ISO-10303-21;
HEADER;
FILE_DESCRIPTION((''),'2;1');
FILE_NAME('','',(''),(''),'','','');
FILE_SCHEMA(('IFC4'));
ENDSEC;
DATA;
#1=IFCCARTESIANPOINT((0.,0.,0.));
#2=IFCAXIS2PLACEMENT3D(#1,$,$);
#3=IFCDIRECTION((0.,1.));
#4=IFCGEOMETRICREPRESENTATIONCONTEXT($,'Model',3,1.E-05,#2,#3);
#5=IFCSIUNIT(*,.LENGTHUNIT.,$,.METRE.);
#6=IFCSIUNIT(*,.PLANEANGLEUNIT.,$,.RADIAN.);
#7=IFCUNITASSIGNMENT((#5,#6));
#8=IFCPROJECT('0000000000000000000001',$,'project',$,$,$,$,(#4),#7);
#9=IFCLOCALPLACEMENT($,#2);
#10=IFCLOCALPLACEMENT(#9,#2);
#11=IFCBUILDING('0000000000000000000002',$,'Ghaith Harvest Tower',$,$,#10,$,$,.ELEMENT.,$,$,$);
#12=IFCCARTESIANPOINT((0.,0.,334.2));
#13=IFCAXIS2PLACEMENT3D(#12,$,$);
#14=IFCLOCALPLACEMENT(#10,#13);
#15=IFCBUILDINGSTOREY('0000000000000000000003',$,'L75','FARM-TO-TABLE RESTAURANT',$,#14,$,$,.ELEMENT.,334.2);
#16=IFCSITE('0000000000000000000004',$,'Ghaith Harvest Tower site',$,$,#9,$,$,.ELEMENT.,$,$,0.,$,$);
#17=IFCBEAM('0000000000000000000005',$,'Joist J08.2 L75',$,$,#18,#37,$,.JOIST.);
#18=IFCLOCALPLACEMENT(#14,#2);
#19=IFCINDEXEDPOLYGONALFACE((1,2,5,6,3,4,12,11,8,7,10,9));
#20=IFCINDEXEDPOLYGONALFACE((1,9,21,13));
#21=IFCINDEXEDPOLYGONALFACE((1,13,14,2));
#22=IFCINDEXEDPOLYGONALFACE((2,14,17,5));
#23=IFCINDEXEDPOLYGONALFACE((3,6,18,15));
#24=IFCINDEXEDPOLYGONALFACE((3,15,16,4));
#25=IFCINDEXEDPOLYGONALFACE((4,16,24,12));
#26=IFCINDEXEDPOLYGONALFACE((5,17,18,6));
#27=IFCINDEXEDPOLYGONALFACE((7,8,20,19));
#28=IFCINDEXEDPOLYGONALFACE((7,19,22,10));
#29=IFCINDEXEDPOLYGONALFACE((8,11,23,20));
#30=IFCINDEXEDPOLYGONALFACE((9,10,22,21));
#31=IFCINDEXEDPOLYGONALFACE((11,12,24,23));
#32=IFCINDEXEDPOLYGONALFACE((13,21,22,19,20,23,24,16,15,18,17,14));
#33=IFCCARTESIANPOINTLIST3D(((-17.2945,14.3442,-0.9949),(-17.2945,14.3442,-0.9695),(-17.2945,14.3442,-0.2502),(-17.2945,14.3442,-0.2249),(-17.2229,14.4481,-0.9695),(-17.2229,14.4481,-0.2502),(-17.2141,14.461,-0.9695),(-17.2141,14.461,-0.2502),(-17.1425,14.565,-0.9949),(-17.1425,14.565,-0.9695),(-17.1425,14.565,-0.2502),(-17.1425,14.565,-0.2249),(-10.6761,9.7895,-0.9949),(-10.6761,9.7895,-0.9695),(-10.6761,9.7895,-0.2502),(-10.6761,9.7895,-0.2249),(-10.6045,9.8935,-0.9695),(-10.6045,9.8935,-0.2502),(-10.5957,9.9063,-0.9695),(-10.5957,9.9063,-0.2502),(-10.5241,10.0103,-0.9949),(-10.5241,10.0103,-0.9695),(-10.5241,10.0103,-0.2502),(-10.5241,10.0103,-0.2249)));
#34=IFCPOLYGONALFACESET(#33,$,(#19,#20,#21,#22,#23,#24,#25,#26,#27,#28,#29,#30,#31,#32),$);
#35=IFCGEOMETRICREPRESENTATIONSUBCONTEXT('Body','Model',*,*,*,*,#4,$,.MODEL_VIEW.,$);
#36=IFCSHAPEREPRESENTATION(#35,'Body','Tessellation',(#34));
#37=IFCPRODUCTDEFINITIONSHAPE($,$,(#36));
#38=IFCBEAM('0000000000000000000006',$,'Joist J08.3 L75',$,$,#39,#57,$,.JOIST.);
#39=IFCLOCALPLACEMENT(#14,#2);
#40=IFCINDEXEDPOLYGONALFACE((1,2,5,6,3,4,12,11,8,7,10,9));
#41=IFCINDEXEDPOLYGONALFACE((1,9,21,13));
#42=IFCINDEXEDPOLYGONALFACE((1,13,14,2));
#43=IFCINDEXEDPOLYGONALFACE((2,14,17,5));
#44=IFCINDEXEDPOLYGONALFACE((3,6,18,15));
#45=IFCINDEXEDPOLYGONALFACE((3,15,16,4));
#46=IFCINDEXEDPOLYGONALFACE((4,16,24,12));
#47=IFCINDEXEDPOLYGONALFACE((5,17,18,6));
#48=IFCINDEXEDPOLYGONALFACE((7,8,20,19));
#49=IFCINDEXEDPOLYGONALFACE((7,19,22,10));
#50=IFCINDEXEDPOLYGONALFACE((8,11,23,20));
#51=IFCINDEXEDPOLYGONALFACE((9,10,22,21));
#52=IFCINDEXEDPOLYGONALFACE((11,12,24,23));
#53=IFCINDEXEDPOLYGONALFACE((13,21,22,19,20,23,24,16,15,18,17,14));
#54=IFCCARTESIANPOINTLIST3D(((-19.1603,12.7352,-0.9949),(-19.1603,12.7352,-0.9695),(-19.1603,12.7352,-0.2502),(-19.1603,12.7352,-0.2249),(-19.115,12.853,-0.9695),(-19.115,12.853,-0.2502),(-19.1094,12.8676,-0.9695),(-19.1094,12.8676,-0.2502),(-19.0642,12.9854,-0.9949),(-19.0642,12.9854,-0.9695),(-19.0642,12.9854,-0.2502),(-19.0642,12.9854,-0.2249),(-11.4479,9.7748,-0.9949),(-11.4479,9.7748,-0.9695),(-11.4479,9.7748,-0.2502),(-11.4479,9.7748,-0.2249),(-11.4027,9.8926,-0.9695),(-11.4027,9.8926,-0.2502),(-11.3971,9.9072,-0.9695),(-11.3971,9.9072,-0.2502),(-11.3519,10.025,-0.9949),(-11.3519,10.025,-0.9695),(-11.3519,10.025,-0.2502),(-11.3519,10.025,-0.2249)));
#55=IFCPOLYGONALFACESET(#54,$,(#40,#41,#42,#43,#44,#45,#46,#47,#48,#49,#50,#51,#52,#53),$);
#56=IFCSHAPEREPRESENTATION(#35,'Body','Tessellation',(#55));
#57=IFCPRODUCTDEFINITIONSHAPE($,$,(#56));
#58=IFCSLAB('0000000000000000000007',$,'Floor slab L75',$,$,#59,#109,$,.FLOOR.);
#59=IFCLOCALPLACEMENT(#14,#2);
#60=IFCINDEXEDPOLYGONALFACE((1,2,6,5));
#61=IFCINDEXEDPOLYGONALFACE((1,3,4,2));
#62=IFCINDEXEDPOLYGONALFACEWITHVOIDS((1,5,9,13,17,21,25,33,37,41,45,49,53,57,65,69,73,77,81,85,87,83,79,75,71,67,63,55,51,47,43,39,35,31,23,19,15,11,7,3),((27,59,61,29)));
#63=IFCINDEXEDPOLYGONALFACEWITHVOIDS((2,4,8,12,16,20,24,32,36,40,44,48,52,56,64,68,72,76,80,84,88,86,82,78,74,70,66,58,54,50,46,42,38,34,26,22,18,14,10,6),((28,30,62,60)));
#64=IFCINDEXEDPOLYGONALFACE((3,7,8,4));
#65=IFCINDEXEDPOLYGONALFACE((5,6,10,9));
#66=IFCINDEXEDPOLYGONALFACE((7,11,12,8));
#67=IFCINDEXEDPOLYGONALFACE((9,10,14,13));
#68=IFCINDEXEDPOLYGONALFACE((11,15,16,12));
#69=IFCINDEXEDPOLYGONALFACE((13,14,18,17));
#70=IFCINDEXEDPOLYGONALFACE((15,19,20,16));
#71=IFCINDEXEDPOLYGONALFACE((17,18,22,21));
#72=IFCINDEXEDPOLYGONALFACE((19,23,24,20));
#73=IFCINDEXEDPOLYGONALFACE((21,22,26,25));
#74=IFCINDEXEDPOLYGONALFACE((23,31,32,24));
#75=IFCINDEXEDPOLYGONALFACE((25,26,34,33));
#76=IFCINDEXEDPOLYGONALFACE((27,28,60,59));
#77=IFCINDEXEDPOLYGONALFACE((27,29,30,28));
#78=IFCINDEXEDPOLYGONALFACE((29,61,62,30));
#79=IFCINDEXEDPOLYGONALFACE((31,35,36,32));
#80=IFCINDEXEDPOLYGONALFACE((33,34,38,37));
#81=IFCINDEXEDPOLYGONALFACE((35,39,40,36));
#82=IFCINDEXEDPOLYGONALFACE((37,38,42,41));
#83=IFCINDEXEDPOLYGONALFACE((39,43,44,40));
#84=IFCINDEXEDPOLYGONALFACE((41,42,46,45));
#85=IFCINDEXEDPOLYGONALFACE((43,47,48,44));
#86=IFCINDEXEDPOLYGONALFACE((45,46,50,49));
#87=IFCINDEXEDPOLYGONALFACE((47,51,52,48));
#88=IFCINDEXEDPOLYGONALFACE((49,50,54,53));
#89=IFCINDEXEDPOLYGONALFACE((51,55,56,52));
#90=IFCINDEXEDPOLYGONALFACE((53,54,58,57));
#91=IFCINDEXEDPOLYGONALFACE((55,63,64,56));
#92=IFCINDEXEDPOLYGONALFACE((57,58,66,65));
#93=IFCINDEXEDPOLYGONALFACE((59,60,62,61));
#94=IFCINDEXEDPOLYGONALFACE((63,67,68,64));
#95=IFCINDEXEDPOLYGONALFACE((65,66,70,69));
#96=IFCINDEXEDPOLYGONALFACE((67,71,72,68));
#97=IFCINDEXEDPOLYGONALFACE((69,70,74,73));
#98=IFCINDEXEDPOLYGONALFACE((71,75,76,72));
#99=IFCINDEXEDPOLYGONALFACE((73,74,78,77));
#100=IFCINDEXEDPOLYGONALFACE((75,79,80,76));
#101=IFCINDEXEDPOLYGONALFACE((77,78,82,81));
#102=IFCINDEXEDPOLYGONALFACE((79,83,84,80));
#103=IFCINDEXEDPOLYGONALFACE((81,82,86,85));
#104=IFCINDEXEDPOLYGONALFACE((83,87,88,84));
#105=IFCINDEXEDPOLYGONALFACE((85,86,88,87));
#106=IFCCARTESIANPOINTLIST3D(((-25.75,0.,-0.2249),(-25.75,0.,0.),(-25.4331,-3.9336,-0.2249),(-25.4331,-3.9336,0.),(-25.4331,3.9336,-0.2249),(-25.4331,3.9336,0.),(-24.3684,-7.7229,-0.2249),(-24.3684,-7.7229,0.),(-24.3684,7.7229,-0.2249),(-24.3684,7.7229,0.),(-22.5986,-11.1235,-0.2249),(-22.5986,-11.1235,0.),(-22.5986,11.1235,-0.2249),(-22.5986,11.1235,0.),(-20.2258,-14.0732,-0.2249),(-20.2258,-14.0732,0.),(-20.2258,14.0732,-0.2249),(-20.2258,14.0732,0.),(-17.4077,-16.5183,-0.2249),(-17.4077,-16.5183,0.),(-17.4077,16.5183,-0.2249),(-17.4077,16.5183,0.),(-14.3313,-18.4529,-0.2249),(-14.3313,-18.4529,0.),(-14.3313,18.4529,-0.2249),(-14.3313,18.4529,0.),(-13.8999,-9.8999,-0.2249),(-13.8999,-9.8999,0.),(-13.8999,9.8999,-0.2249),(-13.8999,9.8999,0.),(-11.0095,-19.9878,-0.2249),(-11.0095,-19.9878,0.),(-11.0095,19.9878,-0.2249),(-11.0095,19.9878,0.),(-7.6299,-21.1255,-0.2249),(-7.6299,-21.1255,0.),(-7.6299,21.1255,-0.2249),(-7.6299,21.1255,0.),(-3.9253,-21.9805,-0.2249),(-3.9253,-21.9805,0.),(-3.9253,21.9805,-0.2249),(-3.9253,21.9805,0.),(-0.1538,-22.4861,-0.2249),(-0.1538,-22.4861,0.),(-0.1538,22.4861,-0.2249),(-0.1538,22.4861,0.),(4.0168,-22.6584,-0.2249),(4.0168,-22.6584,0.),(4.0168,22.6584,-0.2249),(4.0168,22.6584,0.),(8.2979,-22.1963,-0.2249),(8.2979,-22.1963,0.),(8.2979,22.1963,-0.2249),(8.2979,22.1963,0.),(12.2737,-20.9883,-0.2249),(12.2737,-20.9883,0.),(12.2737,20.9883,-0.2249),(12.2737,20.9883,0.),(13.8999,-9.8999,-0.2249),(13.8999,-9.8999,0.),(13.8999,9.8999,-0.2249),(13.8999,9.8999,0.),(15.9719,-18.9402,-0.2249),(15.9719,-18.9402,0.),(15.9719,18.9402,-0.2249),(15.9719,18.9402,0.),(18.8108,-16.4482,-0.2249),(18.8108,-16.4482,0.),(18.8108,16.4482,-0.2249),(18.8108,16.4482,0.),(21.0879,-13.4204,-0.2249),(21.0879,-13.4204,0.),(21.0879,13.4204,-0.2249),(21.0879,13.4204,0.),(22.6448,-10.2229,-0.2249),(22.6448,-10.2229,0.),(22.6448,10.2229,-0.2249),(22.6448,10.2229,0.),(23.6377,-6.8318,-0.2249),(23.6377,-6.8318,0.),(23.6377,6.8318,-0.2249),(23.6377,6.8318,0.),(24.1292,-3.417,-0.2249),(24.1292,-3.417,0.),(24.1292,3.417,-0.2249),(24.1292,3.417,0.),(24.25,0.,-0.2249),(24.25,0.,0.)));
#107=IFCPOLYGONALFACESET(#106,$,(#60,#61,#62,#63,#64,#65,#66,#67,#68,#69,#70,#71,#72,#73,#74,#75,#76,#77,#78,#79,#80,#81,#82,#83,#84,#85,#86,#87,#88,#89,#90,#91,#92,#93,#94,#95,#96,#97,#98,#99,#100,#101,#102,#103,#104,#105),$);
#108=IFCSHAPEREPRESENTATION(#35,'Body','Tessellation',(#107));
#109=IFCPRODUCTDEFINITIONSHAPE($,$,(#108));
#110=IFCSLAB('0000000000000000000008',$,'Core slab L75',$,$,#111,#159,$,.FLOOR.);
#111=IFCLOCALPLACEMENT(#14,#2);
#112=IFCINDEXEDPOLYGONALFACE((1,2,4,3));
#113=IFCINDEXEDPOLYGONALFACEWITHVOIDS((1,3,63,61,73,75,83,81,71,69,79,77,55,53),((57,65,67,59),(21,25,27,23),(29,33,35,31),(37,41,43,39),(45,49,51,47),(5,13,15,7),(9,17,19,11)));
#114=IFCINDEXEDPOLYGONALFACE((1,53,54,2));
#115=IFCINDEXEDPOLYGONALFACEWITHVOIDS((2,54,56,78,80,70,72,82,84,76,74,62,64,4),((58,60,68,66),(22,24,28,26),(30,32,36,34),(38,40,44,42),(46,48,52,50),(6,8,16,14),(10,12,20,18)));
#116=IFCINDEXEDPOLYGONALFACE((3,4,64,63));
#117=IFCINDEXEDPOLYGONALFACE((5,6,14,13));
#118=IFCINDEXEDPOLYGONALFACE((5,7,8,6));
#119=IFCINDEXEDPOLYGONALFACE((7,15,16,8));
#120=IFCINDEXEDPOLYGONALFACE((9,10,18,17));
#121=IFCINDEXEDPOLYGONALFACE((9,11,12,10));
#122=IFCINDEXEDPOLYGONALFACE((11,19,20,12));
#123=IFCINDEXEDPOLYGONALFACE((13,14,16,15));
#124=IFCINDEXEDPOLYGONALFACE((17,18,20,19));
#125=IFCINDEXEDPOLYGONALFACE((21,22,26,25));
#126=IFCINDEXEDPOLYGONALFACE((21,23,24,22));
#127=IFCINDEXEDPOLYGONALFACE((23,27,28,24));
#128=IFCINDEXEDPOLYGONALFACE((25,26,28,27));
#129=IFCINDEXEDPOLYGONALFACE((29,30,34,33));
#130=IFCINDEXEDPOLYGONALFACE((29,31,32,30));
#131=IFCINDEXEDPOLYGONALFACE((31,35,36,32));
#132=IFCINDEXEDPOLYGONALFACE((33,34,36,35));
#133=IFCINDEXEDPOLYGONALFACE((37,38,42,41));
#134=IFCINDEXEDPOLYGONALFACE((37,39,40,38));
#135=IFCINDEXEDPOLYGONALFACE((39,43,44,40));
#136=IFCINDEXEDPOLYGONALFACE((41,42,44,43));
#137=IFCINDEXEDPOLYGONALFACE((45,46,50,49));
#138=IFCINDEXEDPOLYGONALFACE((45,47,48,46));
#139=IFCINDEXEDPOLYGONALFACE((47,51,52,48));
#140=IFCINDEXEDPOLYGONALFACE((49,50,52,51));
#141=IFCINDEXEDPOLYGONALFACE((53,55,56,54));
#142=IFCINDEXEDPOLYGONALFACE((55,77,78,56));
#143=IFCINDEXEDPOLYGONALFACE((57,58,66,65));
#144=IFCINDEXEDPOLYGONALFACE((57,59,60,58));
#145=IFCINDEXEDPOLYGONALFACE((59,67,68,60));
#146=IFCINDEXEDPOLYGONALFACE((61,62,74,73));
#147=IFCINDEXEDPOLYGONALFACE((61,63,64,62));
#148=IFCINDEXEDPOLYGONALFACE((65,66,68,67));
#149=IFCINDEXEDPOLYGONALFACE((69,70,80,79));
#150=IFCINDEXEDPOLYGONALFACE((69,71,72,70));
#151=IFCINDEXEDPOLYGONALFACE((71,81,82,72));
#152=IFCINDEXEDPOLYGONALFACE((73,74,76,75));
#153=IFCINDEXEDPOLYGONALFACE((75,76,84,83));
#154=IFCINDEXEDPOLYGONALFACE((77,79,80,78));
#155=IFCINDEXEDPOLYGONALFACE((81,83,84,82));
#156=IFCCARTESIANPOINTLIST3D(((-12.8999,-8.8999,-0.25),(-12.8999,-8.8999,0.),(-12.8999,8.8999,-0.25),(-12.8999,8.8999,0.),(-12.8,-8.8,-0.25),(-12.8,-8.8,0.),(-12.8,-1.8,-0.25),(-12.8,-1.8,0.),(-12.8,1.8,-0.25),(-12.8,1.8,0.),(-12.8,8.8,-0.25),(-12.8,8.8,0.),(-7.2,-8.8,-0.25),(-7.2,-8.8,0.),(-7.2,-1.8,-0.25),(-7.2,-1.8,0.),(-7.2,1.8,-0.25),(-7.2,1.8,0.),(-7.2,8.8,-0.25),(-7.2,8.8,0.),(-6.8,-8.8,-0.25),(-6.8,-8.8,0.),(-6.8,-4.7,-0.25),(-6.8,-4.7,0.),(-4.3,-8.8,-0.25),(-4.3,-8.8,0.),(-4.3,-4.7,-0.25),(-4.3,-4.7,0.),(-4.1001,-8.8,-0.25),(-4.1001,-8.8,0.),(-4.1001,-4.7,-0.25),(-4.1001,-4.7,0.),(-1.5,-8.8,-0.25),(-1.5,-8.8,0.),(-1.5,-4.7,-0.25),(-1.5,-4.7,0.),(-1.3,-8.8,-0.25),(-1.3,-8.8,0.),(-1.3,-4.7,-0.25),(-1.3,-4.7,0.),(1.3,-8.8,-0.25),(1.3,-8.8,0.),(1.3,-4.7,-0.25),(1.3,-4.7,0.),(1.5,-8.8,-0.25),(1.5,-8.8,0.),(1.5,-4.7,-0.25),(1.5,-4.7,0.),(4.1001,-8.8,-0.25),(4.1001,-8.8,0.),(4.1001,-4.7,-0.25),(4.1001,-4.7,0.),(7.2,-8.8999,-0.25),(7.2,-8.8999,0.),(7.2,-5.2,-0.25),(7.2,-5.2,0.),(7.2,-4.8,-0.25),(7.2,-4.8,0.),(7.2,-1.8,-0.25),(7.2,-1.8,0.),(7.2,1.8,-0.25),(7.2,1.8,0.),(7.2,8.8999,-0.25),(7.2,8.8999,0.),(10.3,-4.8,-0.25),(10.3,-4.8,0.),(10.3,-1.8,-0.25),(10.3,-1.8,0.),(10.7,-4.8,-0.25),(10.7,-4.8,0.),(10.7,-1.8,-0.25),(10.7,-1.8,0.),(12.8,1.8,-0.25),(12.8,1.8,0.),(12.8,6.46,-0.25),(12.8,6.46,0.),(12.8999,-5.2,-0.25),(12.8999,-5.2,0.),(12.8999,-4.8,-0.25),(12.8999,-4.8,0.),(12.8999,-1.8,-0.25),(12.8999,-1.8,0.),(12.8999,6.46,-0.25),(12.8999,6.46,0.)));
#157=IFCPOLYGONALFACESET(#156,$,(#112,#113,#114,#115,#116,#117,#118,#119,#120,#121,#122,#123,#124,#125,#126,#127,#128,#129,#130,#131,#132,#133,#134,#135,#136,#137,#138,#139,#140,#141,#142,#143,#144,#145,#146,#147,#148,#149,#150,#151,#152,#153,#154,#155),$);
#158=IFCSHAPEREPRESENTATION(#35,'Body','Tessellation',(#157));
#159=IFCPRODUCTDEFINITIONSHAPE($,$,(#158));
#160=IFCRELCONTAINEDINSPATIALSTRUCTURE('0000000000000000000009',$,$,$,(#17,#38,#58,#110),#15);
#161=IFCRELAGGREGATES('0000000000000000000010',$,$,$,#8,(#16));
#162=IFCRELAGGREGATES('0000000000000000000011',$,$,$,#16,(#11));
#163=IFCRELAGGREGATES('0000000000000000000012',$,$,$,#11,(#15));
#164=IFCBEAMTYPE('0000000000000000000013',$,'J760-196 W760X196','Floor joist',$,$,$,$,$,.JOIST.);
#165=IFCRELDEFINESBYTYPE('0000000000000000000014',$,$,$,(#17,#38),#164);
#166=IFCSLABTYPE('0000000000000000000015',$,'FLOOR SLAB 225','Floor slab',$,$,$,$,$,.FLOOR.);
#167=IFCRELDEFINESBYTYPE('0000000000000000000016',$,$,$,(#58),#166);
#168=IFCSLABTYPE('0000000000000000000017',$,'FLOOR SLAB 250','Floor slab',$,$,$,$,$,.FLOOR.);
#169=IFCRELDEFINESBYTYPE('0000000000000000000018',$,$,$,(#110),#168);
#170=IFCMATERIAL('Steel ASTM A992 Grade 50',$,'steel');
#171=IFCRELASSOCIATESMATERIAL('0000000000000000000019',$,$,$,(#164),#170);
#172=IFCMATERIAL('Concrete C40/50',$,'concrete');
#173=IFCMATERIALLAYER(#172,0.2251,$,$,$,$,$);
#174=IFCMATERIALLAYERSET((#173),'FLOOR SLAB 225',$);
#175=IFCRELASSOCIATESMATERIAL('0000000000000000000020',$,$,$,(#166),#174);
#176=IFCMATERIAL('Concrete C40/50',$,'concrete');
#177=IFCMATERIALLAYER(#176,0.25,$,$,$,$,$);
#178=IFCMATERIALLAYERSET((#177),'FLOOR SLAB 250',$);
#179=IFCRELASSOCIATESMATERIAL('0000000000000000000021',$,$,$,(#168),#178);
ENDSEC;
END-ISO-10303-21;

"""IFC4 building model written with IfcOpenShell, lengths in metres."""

from ifc_helpers import new_model, si_unit, direction, frame, origin, origin_2d, place, context, subcontext, project, spatial, polyline, i_section, outline, extrude, material, layer, layer_set, material_profile, profile_set, type_object, element, save


model = new_model("IFC4")

# Units and contexts
model_context = context("Model", 3, precision=1e-05, world=origin(), true_north=direction((0.0, 1.0)))
body_context = subcontext(model_context, "Body", "Model", "MODEL_VIEW")
ifc_project = project(units=[si_unit("LENGTHUNIT", "METRE"), si_unit("PLANEANGLEUNIT", "RADIAN")], contexts=[model_context])

# Site, building, storey
site_placement = place(None, origin())
site = spatial("IfcSite", under=ifc_project, at=site_placement, Name="Ghaith Harvest Tower site", CompositionType="ELEMENT", RefElevation=0.0)
building_placement = place(site_placement, origin())
building = spatial("IfcBuilding", under=site, at=building_placement, Name="Ghaith Harvest Tower", CompositionType="ELEMENT")
storey_placement = place(building_placement, frame((0.0, 0.0, 334.2)))
storey = spatial("IfcBuildingStorey", under=building, at=storey_placement, Name="L75", Description="FARM-TO-TABLE RESTAURANT", CompositionType="ELEMENT", Elevation=334.2)

# Beams
ifc_material_1 = material(Name="Steel ASTM A992 Grade 50", Category="steel")
ifc_material_profile_1 = material_profile(ifc_material_1, i_section(OverallWidth=0.2681, OverallDepth=0.77, WebThickness=0.0156, FlangeThickness=0.0254, at=origin_2d()), Name="W760X196")
ifc_profile_set_1 = profile_set([ifc_material_profile_1], Name="Steel ASTM A992 Grade 50")
beam_type_1 = type_object("IfcBeamType", Name="J760-196 W760X196", Description="Floor joist", PredefinedType="JOIST", material=ifc_profile_set_1)
beam_1_placement = place(storey_placement, frame((-10.6001, 9.8999, -0.6099), z_axis=(-0.823779, 0.566912, 0.0), x_axis=(-0.566912, -0.823779, 0.0)))
element("IfcBeam", 1, at=beam_1_placement, inside=storey, type_object=beam_type_1, Name="Joist J08.2 L75", PredefinedType="JOIST", context=body_context, shape_type="SweptSolid", body=[
    extrude(i_section(OverallWidth=0.2681, OverallDepth=0.77, WebThickness=0.0156, FlangeThickness=0.0254, at=origin_2d()), origin(), (0.0, 0.0, 1.0), 8.0342),
])
beam_2_placement = place(storey_placement, frame((-11.3999, 9.8999, -0.6099), z_axis=(-0.933583, 0.358361, 0.0), x_axis=(-0.358361, -0.933583, 0.0)))
element("IfcBeam", 2, at=beam_2_placement, inside=storey, type_object=beam_type_1, Name="Joist J08.3 L75", PredefinedType="JOIST", context=body_context, shape_type="SweptSolid", body=[
    extrude(i_section(OverallWidth=0.2681, OverallDepth=0.77, WebThickness=0.0156, FlangeThickness=0.0254, at=origin_2d()), origin(), (0.0, 0.0, 1.0), 8.261),
])

# Slabs
ifc_material_2 = material(Name="Concrete C40/50", Category="concrete")
ifc_layer_1 = layer(ifc_material_2, 0.2251)
ifc_layer_set_1 = layer_set([ifc_layer_1], Name="FLOOR SLAB 225")
slab_type_1 = type_object("IfcSlabType", Name="FLOOR SLAB 225", Description="Floor slab", PredefinedType="FLOOR", material=ifc_layer_set_1)
slab_1_placement = place(storey_placement, frame((0.0, 0.0, -0.2249)))
element("IfcSlab", 3, at=slab_1_placement, inside=storey, type_object=slab_type_1, Name="Floor slab L75", PredefinedType="FLOOR", context=body_context, shape_type="SweptSolid", body=[
    extrude(outline(polyline([(24.25, 0.0), (24.1292, 3.417), (23.6377, 6.8318), (22.6448, 10.2229), (21.0879, 13.4204), (18.8108, 16.4482), (15.9719, 18.9402), (12.2737, 20.9883), (8.2979, 22.1963), (4.0168, 22.6584), (-0.1538, 22.4861), (-3.9253, 21.9805), (-7.6299, 21.1255), (-11.0095, 19.9878), (-14.3313, 18.4529), (-17.4077, 16.5183), (-20.2258, 14.0732), (-22.5986, 11.1235), (-24.3684, 7.7229), (-25.4331, 3.9336), (-25.75, 0.0), (-25.4331, -3.9336), (-24.3684, -7.7229), (-22.5986, -11.1235), (-20.2258, -14.0732), (-17.4077, -16.5183), (-14.3313, -18.4529), (-11.0095, -19.9878), (-7.6299, -21.1255), (-3.9253, -21.9805), (-0.1538, -22.4861), (4.0168, -22.6584), (8.2979, -22.1963), (12.2737, -20.9883), (15.9719, -18.9402), (18.8108, -16.4482), (21.0879, -13.4204), (22.6448, -10.2229), (23.6377, -6.8318), (24.1292, -3.417), (24.25, 0.0)]), holes=[polyline([(-13.8999, -9.8999), (13.8999, -9.8999), (13.8999, 9.8999), (-13.8999, 9.8999), (-13.8999, -9.8999)])]), origin(), (0.0, 0.0, 1.0), 0.2249),
])
ifc_material_3 = material(Name="Concrete C40/50", Category="concrete")
ifc_layer_2 = layer(ifc_material_3, 0.25)
ifc_layer_set_2 = layer_set([ifc_layer_2], Name="FLOOR SLAB 250")
slab_type_2 = type_object("IfcSlabType", Name="FLOOR SLAB 250", Description="Floor slab", PredefinedType="FLOOR", material=ifc_layer_set_2)
slab_2_placement = place(storey_placement, frame((0.0, 0.0, -0.25)))
element("IfcSlab", 4, at=slab_2_placement, inside=storey, type_object=slab_type_2, Name="Core slab L75", PredefinedType="FLOOR", context=body_context, shape_type="SweptSolid", body=[
    extrude(outline(polyline([(-12.8999, 8.8999), (7.2, 8.8999), (7.2, 1.8), (12.8, 1.8), (12.8, 6.46), (12.8999, 6.46), (12.8999, -1.8), (10.7, -1.8), (10.7, -4.8), (12.8999, -4.8), (12.8999, -5.2), (7.2, -5.2), (7.2, -8.8999), (-12.8999, -8.8999), (-12.8999, 8.8999)]), holes=[polyline([(-4.3, -4.7), (-6.8, -4.7), (-6.8, -8.8), (-4.3, -8.8), (-4.3, -4.7)]), polyline([(-1.5, -4.7), (-4.1001, -4.7), (-4.1001, -8.8), (-1.5, -8.8), (-1.5, -4.7)]), polyline([(1.3, -8.8), (1.3, -4.7), (-1.3, -4.7), (-1.3, -8.8), (1.3, -8.8)]), polyline([(4.1001, -8.8), (4.1001, -4.7), (1.5, -4.7), (1.5, -8.8), (4.1001, -8.8)]), polyline([(-7.2, -1.8), (-12.8, -1.8), (-12.8, -8.8), (-7.2, -8.8), (-7.2, -1.8)]), polyline([(10.3, -1.8), (7.2, -1.8), (7.2, -4.8), (10.3, -4.8), (10.3, -1.8)]), polyline([(-12.8, 1.8), (-7.2, 1.8), (-7.2, 8.8), (-12.8, 8.8), (-12.8, 1.8)])]), origin(), (0.0, 0.0, 1.0), 0.25),
])

save(model, "model.ifc")
